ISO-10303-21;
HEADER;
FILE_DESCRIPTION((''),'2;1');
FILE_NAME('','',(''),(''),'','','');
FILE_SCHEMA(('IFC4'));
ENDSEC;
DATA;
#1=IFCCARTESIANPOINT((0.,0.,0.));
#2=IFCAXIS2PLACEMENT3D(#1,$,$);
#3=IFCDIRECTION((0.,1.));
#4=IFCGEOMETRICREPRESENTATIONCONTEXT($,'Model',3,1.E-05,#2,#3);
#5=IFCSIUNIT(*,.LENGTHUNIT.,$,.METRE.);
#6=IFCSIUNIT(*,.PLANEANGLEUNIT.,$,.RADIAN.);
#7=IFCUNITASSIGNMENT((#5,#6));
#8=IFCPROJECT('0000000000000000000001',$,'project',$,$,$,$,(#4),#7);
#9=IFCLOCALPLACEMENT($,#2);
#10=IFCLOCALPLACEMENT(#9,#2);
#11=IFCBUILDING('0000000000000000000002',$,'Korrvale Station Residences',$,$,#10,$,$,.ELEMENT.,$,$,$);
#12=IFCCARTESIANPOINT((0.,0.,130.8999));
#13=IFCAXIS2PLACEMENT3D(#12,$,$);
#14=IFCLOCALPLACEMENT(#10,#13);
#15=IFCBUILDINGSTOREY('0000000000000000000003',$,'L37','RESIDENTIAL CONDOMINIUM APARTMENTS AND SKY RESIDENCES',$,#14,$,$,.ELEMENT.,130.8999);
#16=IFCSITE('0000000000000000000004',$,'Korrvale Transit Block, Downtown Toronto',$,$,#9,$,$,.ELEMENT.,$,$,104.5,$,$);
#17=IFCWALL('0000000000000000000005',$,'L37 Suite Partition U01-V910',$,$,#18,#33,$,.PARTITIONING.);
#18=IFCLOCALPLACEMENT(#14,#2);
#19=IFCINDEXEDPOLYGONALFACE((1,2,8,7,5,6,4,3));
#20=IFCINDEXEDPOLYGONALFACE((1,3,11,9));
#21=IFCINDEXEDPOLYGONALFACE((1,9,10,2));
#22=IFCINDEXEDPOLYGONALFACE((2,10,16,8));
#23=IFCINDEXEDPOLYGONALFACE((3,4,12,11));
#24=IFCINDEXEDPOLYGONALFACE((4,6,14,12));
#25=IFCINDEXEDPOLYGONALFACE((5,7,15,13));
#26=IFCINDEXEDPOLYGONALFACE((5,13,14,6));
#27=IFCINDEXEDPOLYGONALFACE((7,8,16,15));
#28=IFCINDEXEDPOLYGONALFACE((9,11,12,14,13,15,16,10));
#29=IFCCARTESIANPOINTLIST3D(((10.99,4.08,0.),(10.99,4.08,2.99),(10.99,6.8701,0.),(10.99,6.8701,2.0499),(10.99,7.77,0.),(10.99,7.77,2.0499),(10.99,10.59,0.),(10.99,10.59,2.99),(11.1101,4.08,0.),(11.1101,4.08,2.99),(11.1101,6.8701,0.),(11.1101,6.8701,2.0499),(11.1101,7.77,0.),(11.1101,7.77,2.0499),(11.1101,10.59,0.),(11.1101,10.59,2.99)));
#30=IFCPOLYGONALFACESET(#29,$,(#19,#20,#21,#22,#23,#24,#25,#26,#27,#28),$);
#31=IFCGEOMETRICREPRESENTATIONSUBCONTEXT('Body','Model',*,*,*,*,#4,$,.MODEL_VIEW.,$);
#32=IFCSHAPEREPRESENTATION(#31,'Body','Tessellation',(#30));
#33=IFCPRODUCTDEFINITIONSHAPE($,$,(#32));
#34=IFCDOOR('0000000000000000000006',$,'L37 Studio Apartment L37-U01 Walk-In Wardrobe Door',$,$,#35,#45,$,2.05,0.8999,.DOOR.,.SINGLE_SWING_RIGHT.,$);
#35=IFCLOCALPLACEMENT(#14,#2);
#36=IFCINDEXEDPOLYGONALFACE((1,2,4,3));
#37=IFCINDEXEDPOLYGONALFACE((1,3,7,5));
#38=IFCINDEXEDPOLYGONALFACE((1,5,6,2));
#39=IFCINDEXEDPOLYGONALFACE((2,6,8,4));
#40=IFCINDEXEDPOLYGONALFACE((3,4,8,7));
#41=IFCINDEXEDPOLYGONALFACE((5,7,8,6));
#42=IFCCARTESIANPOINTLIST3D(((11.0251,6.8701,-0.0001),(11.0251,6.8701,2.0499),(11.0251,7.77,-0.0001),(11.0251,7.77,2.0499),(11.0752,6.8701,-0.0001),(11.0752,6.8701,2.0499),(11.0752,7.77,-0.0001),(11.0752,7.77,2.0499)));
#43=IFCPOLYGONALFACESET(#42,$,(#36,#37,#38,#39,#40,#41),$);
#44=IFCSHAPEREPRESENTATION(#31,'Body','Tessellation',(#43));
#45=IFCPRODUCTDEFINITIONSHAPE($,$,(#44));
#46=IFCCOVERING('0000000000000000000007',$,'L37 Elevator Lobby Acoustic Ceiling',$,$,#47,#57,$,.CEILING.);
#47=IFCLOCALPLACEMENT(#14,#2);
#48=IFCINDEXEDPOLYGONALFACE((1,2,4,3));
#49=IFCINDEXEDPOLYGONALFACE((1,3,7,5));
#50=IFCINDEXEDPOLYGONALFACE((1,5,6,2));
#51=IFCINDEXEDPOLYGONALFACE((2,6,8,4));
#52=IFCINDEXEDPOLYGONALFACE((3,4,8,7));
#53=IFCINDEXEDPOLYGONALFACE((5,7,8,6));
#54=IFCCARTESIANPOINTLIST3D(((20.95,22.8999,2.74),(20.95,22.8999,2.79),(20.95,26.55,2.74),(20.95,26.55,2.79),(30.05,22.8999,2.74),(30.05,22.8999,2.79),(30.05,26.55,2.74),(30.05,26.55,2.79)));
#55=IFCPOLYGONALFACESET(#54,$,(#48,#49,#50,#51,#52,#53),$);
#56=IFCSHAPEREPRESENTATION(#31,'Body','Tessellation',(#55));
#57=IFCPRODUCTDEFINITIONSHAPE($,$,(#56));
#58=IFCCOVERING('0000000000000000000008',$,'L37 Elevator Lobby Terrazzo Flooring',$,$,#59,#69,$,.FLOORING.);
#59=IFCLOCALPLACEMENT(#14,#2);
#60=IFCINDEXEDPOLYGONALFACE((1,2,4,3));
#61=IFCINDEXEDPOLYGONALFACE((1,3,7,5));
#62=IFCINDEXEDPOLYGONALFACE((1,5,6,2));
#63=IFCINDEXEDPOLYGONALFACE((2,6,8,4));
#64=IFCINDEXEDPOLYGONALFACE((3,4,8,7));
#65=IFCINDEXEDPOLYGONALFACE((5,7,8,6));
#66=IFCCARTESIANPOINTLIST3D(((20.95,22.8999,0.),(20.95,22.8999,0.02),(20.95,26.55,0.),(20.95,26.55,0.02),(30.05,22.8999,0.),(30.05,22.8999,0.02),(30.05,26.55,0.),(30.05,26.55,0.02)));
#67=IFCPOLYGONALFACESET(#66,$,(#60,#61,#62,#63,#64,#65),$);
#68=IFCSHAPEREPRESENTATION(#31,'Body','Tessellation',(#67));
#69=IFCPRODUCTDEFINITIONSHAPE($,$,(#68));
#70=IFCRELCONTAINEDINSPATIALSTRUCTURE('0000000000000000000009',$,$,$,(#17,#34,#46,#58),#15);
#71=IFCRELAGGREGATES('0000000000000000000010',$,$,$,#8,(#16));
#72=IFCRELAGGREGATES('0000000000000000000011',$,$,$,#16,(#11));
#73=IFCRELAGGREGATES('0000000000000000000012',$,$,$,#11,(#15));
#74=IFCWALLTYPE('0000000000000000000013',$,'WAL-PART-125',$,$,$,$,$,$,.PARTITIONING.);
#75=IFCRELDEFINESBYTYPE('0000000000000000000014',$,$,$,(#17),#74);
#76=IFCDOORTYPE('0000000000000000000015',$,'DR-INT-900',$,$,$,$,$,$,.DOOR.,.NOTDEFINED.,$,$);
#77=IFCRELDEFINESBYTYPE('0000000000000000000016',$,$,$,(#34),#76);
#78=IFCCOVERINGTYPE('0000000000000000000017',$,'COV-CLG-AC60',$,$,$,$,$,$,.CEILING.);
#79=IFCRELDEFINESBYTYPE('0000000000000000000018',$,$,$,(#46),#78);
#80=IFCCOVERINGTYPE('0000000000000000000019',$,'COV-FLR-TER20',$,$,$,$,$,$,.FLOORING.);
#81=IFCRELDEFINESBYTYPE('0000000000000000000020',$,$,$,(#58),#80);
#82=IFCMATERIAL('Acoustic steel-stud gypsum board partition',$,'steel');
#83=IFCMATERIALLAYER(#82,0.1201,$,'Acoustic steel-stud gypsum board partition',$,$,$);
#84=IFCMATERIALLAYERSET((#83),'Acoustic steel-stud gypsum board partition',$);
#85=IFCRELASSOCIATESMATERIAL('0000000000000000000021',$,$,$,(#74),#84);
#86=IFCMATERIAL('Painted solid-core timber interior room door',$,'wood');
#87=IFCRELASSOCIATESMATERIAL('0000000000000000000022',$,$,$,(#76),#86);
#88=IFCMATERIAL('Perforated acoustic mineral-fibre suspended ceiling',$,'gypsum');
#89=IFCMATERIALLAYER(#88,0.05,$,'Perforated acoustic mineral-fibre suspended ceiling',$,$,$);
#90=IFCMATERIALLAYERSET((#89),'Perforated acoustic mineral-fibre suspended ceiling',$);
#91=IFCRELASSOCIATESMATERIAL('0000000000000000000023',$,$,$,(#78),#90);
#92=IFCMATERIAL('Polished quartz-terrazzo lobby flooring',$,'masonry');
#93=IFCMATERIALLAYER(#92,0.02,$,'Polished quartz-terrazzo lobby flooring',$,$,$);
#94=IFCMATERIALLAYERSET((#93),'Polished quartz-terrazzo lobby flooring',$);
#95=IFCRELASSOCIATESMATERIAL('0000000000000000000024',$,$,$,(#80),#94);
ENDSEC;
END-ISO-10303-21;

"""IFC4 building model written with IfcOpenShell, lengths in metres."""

from ifc_helpers import new_model, si_unit, direction, frame, frame_2d, origin, place, context, subcontext, project, spatial, polyline, rectangle, outline, extrude, material, layer, layer_set, type_object, element, fill, save


model = new_model("IFC4")

# Units and contexts
model_context = context("Model", 3, precision=1e-05, world=origin(), true_north=direction((0.0, 1.0)))
body_context = subcontext(model_context, "Body", "Model", "MODEL_VIEW")
ifc_project = project(units=[si_unit("LENGTHUNIT", "METRE"), si_unit("PLANEANGLEUNIT", "RADIAN")], contexts=[model_context])

# Site, building, storey
site_placement = place(None, origin())
site = spatial("IfcSite", under=ifc_project, at=site_placement, Name="Korrvale Transit Block, Downtown Toronto", CompositionType="ELEMENT", RefElevation=104.5)
building_placement = place(site_placement, origin())
building = spatial("IfcBuilding", under=site, at=building_placement, Name="Korrvale Station Residences", CompositionType="ELEMENT")
storey_placement = place(building_placement, frame((0.0, 0.0, 130.8999)))
storey = spatial("IfcBuildingStorey", under=building, at=storey_placement, Name="L37", Description="RESIDENTIAL CONDOMINIUM APARTMENTS AND SKY RESIDENCES", CompositionType="ELEMENT", Elevation=130.8999)

# Wall, opening, door
ifc_material_1 = material(Name="Acoustic steel-stud gypsum board partition", Category="steel")
ifc_layer_1 = layer(ifc_material_1, 0.1201, Name="Acoustic steel-stud gypsum board partition")
ifc_layer_set_1 = layer_set([ifc_layer_1], Name="Acoustic steel-stud gypsum board partition")
wall_type_1 = type_object("IfcWallType", Name="WAL-PART-125", PredefinedType="PARTITIONING", material=ifc_layer_set_1)
wall_1_placement = place(storey_placement, frame((11.05, 4.0801, 0.0), z_axis=(0.0, 0.0, 1.0), x_axis=(0.0, 1.0, 0.0)))
wall_1 = element("IfcWall", 1, at=wall_1_placement, inside=storey, type_object=wall_type_1, Name="L37 Suite Partition U01-V910", PredefinedType="PARTITIONING", context=body_context, shape_type="SweptSolid", body=[
    extrude(rectangle(XDim=6.51, YDim=0.1201, at=frame_2d((3.2549, 0.0))), origin(), (0.0, 0.0, 1.0), 2.99),
])
opening_1_placement = place(wall_1_placement, frame((2.79, 0.0, 0.0)))
opening_1 = element("IfcOpeningElement", 2, at=opening_1_placement, cuts=wall_1, PredefinedType="OPENING", context=body_context, shape_type="SweptSolid", body=[
    extrude(rectangle(XDim=0.8999, YDim=2.05, at=frame_2d((0.45, 1.0249))), frame((0.0, 0.0701, 0.0), z_axis=(0.0, -1.0, 0.0), x_axis=(1.0, 0.0, 0.0)), (0.0, 0.0, 1.0), 0.1401),
])
ifc_material_2 = material(Name="Painted solid-core timber interior room door", Category="wood")
door_type = type_object("IfcDoorType", Name="DR-INT-900", OperationType="NOTDEFINED", PredefinedType="DOOR", material=ifc_material_2)
door_placement = place(opening_1_placement, origin())
door = element("IfcDoor", 3, at=door_placement, inside=storey, type_object=door_type, Name="L37 Studio Apartment L37-U01 Walk-In Wardrobe Door", OperationType="SINGLE_SWING_RIGHT", OverallHeight=2.05, OverallWidth=0.8999, PredefinedType="DOOR", context=body_context, shape_type="SweptSolid", body=[
    extrude(rectangle(XDim=0.8999, YDim=2.05, at=frame_2d((0.45, 1.0249))), frame((0.0, 0.0249, 0.0), z_axis=(0.0, -1.0, 0.0), x_axis=(1.0, 0.0, 0.0)), (0.0, 0.0, 1.0), 0.05),
])
fill(opening_1, door)

# Coverings
ifc_material_3 = material(Name="Perforated acoustic mineral-fibre suspended ceiling", Category="gypsum")
ifc_layer_2 = layer(ifc_material_3, 0.05, Name="Perforated acoustic mineral-fibre suspended ceiling")
ifc_layer_set_2 = layer_set([ifc_layer_2], Name="Perforated acoustic mineral-fibre suspended ceiling")
covering_type_1 = type_object("IfcCoveringType", Name="COV-CLG-AC60", PredefinedType="CEILING", material=ifc_layer_set_2)
covering_1_placement = place(storey_placement, frame((0.0, 0.0, 2.74)))
element("IfcCovering", 4, at=covering_1_placement, inside=storey, type_object=covering_type_1, Name="L37 Elevator Lobby Acoustic Ceiling", PredefinedType="CEILING", context=body_context, shape_type="SweptSolid", body=[
    extrude(outline(polyline([(20.95, 22.8999), (30.05, 22.8999), (30.05, 26.55), (20.95, 26.55), (20.95, 22.8999)])), origin(), (0.0, 0.0, 1.0), 0.05),
])
ifc_material_4 = material(Name="Polished quartz-terrazzo lobby flooring", Category="masonry")
ifc_layer_3 = layer(ifc_material_4, 0.02, Name="Polished quartz-terrazzo lobby flooring")
ifc_layer_set_3 = layer_set([ifc_layer_3], Name="Polished quartz-terrazzo lobby flooring")
covering_type_2 = type_object("IfcCoveringType", Name="COV-FLR-TER20", PredefinedType="FLOORING", material=ifc_layer_set_3)
covering_2_placement = place(storey_placement, origin())
element("IfcCovering", 5, at=covering_2_placement, inside=storey, type_object=covering_type_2, Name="L37 Elevator Lobby Terrazzo Flooring", PredefinedType="FLOORING", context=body_context, shape_type="SweptSolid", body=[
    extrude(outline(polyline([(20.95, 22.8999), (30.05, 22.8999), (30.05, 26.55), (20.95, 26.55), (20.95, 22.8999)])), origin(), (0.0, 0.0, 1.0), 0.02),
])

save(model, "model.ifc")
